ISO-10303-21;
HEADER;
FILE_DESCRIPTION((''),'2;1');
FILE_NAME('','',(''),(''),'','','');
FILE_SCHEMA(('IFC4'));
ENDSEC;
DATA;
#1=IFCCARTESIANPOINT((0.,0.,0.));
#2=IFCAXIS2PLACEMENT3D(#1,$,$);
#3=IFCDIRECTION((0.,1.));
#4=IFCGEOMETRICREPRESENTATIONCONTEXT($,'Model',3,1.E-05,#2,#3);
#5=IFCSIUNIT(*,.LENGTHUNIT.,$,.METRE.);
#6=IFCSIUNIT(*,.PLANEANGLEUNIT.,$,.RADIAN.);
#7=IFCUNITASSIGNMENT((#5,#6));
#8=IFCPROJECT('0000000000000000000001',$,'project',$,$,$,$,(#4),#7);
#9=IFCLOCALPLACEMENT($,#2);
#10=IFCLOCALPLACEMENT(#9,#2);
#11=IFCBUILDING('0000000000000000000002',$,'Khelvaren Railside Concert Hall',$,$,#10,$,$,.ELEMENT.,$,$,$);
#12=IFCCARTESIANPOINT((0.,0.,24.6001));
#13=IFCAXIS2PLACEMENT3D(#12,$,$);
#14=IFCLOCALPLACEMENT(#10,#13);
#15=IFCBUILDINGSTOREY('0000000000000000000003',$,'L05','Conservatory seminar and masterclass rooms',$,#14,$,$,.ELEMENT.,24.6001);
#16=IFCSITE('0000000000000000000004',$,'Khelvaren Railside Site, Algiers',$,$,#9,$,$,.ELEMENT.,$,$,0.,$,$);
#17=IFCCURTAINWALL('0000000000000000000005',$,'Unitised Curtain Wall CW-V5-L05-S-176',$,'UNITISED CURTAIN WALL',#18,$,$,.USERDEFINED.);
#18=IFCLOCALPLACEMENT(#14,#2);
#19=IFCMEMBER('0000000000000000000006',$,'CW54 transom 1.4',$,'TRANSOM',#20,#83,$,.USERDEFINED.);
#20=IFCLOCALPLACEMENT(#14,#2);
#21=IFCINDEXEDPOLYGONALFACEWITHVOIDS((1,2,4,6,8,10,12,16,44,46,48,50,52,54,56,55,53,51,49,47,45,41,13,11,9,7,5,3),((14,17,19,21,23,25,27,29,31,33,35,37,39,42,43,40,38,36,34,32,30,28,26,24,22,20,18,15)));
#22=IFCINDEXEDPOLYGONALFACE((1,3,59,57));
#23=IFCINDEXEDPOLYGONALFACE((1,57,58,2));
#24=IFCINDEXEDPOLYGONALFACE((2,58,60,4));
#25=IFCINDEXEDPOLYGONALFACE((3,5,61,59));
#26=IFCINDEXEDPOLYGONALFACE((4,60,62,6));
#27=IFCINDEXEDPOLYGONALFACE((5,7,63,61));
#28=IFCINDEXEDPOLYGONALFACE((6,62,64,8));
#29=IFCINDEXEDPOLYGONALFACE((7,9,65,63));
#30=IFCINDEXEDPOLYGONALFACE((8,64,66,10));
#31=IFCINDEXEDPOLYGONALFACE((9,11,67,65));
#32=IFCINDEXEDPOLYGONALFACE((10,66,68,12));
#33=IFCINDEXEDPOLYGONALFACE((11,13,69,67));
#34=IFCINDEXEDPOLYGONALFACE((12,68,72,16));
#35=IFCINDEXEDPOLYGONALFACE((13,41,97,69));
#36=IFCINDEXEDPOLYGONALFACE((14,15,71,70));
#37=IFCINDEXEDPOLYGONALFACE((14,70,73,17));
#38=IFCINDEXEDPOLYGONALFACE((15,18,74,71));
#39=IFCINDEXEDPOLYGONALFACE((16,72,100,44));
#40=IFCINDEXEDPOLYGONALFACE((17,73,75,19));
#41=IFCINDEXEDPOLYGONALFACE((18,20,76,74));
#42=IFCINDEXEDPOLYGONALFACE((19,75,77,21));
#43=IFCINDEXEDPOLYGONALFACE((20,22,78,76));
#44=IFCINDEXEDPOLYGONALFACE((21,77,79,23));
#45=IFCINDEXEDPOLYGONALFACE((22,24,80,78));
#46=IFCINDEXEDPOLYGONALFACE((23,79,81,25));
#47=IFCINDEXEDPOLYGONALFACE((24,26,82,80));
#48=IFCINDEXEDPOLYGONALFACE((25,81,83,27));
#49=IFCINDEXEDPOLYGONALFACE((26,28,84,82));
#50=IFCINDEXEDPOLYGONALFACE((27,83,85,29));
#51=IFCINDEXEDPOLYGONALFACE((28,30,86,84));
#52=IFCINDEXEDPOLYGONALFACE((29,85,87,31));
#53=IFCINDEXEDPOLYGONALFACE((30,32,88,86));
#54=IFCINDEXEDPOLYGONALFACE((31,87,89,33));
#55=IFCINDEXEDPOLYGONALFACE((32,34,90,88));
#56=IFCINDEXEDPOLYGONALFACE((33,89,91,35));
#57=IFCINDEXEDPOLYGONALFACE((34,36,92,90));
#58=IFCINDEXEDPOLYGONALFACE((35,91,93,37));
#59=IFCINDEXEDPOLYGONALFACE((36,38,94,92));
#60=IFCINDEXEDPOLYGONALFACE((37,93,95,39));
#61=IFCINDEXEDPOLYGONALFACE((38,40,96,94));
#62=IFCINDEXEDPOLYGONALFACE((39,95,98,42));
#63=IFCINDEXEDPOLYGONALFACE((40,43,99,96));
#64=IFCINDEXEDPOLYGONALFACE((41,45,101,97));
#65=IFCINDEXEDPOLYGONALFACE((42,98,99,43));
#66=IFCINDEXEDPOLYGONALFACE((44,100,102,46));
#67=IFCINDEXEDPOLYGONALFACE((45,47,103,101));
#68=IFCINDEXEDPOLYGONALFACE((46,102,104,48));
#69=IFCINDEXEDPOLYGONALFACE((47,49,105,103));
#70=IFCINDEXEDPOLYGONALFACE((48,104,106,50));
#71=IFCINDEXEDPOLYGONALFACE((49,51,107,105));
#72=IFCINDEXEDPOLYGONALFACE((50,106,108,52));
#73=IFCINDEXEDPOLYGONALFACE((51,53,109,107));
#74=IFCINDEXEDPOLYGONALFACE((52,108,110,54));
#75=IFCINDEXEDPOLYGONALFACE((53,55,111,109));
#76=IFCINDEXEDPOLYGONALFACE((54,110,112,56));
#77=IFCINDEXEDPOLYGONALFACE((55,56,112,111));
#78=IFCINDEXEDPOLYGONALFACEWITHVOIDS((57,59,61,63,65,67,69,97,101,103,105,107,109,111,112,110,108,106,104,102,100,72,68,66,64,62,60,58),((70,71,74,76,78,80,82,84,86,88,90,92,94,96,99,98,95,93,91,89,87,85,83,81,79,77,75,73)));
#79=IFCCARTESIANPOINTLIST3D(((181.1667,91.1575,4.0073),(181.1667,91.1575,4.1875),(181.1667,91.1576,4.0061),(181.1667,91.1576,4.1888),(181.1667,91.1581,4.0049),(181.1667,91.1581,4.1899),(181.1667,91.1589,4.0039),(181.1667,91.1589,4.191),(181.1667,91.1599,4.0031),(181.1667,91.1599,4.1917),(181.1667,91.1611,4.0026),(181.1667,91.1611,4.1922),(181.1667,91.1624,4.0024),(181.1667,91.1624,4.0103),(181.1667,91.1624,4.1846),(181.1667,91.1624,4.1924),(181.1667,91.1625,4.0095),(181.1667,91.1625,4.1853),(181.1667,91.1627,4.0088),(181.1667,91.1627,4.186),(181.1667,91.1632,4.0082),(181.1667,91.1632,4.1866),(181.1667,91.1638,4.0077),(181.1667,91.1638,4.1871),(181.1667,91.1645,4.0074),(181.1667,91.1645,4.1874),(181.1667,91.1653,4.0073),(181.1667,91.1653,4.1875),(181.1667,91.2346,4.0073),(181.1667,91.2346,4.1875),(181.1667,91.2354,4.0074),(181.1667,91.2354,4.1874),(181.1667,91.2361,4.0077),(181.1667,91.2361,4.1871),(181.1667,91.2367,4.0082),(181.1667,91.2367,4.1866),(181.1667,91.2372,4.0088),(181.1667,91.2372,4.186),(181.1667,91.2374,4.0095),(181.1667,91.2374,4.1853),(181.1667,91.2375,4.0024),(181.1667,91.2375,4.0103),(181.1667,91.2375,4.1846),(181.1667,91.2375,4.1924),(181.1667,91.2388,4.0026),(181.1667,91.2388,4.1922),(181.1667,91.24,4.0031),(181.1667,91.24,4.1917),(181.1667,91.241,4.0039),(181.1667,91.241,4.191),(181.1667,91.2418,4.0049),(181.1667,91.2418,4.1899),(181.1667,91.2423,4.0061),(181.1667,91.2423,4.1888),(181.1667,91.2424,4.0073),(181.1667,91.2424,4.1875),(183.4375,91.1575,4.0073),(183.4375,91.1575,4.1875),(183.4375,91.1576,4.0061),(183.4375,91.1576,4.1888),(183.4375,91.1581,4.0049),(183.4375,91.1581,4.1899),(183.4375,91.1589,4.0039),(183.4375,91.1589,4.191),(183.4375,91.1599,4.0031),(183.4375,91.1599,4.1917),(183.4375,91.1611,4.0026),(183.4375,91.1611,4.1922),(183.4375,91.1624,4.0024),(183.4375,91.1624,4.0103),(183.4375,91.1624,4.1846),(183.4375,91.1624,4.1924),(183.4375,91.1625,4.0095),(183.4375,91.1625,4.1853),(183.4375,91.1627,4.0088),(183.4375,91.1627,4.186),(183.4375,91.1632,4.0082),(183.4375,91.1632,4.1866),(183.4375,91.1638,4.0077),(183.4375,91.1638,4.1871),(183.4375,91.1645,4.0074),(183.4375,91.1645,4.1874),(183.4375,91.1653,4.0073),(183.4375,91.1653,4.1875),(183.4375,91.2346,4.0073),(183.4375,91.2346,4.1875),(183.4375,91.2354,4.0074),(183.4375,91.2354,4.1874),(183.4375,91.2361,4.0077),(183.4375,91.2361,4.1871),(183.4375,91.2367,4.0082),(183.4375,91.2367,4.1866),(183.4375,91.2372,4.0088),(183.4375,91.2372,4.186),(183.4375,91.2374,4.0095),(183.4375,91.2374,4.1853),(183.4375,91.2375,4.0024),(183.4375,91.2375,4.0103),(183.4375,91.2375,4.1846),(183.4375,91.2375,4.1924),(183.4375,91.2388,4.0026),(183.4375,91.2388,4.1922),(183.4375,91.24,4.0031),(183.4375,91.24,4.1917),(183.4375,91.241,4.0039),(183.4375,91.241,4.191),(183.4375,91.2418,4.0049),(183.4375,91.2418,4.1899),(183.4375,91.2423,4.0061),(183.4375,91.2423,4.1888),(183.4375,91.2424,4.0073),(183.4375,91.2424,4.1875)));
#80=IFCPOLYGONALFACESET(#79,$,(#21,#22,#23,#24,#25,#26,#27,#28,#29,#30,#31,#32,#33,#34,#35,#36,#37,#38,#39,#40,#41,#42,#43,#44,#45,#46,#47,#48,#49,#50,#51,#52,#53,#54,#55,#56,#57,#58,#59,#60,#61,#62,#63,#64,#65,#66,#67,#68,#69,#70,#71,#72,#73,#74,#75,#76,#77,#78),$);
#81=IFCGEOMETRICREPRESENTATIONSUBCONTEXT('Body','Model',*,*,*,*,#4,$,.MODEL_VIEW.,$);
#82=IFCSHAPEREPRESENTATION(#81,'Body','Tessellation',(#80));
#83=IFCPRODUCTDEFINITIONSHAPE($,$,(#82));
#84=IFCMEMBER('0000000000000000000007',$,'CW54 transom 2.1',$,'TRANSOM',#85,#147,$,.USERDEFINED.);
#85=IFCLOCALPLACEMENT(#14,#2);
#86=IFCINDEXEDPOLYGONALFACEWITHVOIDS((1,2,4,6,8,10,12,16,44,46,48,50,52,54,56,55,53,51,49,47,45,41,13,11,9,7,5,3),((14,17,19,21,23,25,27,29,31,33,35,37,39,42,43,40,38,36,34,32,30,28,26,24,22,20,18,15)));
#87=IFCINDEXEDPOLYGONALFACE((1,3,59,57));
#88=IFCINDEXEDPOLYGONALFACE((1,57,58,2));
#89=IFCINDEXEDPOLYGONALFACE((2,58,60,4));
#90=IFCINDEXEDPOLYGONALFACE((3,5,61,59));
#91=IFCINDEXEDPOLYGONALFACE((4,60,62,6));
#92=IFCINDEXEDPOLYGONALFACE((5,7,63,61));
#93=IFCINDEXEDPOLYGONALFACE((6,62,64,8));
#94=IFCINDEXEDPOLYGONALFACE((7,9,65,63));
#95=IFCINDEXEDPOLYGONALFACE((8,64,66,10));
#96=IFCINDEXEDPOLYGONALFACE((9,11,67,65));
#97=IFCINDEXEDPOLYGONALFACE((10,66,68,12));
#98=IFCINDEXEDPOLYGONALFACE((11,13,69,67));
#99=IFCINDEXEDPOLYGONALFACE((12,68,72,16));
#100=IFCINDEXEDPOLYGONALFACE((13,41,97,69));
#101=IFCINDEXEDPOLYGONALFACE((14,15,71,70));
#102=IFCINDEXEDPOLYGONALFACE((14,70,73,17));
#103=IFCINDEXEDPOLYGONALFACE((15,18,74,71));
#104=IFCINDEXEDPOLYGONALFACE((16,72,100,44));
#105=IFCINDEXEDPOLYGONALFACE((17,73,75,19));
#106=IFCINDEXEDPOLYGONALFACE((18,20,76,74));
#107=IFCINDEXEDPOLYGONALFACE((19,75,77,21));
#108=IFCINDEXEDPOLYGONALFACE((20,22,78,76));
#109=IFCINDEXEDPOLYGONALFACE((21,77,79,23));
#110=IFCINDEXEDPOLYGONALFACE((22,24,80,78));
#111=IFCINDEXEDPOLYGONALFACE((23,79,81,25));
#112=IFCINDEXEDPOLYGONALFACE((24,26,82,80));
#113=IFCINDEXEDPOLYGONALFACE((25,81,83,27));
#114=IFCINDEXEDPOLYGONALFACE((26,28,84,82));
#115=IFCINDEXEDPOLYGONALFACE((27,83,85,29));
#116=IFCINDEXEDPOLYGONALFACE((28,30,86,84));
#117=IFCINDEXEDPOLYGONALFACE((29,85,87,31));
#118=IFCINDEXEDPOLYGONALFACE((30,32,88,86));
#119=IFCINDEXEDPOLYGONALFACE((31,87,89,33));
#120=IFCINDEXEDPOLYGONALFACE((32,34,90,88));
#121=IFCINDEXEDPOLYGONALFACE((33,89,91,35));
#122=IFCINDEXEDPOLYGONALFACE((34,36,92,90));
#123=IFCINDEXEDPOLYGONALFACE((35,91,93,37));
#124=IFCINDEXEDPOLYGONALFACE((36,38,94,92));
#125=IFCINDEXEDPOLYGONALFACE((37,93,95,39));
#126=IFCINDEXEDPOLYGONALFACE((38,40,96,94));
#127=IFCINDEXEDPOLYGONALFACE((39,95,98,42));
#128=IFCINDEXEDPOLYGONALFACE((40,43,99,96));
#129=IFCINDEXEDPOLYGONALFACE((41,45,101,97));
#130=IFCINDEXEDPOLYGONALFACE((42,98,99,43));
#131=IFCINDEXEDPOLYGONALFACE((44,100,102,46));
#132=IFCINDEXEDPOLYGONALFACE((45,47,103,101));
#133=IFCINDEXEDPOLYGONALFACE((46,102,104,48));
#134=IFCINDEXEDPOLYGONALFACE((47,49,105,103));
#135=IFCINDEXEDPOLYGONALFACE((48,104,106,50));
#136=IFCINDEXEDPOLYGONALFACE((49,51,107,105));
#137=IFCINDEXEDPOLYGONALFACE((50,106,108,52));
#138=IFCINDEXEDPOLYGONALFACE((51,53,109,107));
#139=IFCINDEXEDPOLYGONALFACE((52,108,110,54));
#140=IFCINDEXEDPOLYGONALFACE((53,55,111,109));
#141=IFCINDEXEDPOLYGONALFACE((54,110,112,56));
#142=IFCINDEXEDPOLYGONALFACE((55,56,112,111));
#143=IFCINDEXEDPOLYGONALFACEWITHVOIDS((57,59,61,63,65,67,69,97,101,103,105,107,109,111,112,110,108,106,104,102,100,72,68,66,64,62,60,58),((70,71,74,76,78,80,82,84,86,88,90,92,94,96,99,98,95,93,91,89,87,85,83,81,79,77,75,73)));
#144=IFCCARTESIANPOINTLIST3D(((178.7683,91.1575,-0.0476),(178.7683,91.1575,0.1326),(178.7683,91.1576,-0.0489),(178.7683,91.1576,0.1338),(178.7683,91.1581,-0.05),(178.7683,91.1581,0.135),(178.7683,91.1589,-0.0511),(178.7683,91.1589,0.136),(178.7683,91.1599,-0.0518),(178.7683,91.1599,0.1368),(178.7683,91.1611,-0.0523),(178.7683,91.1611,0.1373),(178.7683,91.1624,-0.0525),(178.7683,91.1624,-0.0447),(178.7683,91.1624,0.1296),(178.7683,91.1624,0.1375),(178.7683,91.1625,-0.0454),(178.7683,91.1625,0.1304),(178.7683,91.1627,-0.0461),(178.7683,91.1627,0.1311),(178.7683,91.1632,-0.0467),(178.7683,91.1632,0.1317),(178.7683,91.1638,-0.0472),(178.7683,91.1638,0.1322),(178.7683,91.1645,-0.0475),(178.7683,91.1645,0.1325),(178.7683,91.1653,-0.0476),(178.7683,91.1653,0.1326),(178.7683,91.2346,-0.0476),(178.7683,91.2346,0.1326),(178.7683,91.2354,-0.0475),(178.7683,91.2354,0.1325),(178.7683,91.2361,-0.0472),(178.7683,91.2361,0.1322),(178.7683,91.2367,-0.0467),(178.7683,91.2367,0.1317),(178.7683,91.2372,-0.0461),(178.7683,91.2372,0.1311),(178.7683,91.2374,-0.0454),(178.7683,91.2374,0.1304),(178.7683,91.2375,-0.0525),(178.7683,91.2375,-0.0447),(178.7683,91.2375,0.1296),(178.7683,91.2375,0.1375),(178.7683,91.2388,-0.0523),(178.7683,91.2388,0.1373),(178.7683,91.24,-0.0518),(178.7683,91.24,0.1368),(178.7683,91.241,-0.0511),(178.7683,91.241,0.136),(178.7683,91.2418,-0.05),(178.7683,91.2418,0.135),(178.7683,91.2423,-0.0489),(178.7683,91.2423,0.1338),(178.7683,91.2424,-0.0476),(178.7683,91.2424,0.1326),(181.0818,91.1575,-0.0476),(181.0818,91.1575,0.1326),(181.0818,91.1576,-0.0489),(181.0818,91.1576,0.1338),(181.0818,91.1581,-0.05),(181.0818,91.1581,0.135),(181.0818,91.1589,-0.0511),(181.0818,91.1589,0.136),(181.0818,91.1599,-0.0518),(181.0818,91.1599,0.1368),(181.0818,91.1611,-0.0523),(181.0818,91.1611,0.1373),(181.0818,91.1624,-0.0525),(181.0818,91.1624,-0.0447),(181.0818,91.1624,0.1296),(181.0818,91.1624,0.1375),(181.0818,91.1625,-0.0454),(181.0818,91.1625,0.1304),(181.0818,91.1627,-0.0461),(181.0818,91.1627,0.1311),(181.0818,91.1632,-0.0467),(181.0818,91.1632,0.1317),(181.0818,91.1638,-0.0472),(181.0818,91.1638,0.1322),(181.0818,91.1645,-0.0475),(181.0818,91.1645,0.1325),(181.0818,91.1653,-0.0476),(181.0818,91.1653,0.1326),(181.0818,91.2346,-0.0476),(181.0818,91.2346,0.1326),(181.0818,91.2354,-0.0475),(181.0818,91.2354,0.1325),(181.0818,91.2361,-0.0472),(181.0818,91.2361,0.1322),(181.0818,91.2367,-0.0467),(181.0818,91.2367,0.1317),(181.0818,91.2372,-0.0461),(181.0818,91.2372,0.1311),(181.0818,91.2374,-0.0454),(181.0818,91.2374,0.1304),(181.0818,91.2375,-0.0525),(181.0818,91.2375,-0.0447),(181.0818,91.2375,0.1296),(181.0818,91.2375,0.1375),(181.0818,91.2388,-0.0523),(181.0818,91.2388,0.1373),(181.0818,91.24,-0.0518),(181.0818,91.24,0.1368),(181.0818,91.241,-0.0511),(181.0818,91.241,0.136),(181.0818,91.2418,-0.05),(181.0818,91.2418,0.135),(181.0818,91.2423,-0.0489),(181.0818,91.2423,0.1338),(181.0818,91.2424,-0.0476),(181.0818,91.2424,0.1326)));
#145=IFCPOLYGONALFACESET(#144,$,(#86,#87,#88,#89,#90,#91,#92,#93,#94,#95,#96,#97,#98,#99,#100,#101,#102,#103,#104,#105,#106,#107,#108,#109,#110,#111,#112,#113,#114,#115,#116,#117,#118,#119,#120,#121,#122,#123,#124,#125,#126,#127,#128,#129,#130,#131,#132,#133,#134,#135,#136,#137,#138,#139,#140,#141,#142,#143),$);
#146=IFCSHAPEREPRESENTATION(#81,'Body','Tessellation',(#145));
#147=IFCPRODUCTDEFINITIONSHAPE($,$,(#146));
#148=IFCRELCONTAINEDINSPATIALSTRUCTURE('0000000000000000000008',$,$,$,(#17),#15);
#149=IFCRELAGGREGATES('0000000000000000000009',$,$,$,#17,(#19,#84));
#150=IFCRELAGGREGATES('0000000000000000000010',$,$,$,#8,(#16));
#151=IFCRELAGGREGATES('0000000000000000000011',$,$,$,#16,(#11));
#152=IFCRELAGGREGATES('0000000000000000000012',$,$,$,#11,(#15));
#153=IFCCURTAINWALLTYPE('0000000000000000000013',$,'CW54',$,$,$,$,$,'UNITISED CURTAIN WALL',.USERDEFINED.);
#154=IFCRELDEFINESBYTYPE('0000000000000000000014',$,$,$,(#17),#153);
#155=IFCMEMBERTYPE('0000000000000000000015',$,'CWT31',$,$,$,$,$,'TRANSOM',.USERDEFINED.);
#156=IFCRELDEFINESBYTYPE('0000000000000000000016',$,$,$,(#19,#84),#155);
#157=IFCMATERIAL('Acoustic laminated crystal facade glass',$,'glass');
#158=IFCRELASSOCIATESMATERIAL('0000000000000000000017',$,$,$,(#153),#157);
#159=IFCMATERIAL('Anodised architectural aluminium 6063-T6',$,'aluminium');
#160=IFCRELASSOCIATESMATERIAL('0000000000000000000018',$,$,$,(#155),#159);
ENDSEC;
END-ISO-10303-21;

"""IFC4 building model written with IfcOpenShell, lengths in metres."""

from ifc_helpers import new_model, si_unit, direction, frame, origin, origin_2d, place, context, subcontext, project, spatial, hollow_rectangle, extrude, material, material_profile, profile_set, type_object, element, aggregate, save


model = new_model("IFC4")

# Units and contexts
model_context = context("Model", 3, precision=1e-05, world=origin(), true_north=direction((0.0, 1.0)))
body_context = subcontext(model_context, "Body", "Model", "MODEL_VIEW")
ifc_project = project(units=[si_unit("LENGTHUNIT", "METRE"), si_unit("PLANEANGLEUNIT", "RADIAN")], contexts=[model_context])

# Site, building, storey
site_placement = place(None, origin())
site = spatial("IfcSite", under=ifc_project, at=site_placement, Name="Khelvaren Railside Site, Algiers", CompositionType="ELEMENT", RefElevation=0.0)
building_placement = place(site_placement, origin())
building = spatial("IfcBuilding", under=site, at=building_placement, Name="Khelvaren Railside Concert Hall", CompositionType="ELEMENT")
storey_placement = place(building_placement, frame((0.0, 0.0, 24.6001)))
storey = spatial("IfcBuildingStorey", under=building, at=storey_placement, Name="L05", Description="Conservatory seminar and masterclass rooms", CompositionType="ELEMENT", Elevation=24.6001)

# Shared definitions
ifc_material_1 = material(Name="Anodised architectural aluminium 6063-T6", Category="aluminium")

# Curtain wall, members
ifc_material_2 = material(Name="Acoustic laminated crystal facade glass", Category="glass")
curtain_wall_type_1 = type_object("IfcCurtainWallType", Name="CW54", ElementType="UNITISED CURTAIN WALL", PredefinedType="USERDEFINED", material=ifc_material_2)
curtain_wall_1_placement = place(storey_placement, origin())
curtain_wall_1 = element("IfcCurtainWall", 1, at=curtain_wall_1_placement, inside=storey, type_object=curtain_wall_type_1, Name="Unitised Curtain Wall CW-V5-L05-S-176", ObjectType="UNITISED CURTAIN WALL", PredefinedType="USERDEFINED")
ifc_material_profile_1 = material_profile(ifc_material_1, hollow_rectangle(XDim=0.085, YDim=0.1899, WallThickness=0.0049, InnerFilletRadius=0.0029, OuterFilletRadius=0.0049, at=origin_2d()), Name="CWT 85x190x5")
ifc_profile_set_1 = profile_set([ifc_material_profile_1], Name="Anodised architectural aluminium 6063-T6")
member_type_1 = type_object("IfcMemberType", Name="CWT31", ElementType="TRANSOM", PredefinedType="USERDEFINED", material=ifc_profile_set_1)
member_1_placement = place(storey_placement, frame((183.4375, 91.2, 4.0974), z_axis=(-1.0, 0.0, 0.0), x_axis=(0.0, -1.0, 0.0)))
member_1 = element("IfcMember", 2, at=member_1_placement, type_object=member_type_1, Name="CW54 transom 1.4", ObjectType="TRANSOM", PredefinedType="USERDEFINED", context=body_context, shape_type="SweptSolid", body=[
    extrude(hollow_rectangle(XDim=0.085, YDim=0.1899, WallThickness=0.0049, InnerFilletRadius=0.0029, OuterFilletRadius=0.0049, at=origin_2d()), origin(), (0.0, 0.0, 1.0), 2.2708),
])
member_2_placement = place(storey_placement, frame((181.0818, 91.2, 0.0425), z_axis=(-1.0, 0.0, 0.0), x_axis=(0.0, -1.0, 0.0)))
member_2 = element("IfcMember", 3, at=member_2_placement, type_object=member_type_1, Name="CW54 transom 2.1", ObjectType="TRANSOM", PredefinedType="USERDEFINED", context=body_context, shape_type="SweptSolid", body=[
    extrude(hollow_rectangle(XDim=0.085, YDim=0.1899, WallThickness=0.0049, InnerFilletRadius=0.0029, OuterFilletRadius=0.0049, at=origin_2d()), origin(), (0.0, 0.0, 1.0), 2.3135),
])

aggregate(curtain_wall_1, [member_1, member_2])

save(model, "model.ifc")
